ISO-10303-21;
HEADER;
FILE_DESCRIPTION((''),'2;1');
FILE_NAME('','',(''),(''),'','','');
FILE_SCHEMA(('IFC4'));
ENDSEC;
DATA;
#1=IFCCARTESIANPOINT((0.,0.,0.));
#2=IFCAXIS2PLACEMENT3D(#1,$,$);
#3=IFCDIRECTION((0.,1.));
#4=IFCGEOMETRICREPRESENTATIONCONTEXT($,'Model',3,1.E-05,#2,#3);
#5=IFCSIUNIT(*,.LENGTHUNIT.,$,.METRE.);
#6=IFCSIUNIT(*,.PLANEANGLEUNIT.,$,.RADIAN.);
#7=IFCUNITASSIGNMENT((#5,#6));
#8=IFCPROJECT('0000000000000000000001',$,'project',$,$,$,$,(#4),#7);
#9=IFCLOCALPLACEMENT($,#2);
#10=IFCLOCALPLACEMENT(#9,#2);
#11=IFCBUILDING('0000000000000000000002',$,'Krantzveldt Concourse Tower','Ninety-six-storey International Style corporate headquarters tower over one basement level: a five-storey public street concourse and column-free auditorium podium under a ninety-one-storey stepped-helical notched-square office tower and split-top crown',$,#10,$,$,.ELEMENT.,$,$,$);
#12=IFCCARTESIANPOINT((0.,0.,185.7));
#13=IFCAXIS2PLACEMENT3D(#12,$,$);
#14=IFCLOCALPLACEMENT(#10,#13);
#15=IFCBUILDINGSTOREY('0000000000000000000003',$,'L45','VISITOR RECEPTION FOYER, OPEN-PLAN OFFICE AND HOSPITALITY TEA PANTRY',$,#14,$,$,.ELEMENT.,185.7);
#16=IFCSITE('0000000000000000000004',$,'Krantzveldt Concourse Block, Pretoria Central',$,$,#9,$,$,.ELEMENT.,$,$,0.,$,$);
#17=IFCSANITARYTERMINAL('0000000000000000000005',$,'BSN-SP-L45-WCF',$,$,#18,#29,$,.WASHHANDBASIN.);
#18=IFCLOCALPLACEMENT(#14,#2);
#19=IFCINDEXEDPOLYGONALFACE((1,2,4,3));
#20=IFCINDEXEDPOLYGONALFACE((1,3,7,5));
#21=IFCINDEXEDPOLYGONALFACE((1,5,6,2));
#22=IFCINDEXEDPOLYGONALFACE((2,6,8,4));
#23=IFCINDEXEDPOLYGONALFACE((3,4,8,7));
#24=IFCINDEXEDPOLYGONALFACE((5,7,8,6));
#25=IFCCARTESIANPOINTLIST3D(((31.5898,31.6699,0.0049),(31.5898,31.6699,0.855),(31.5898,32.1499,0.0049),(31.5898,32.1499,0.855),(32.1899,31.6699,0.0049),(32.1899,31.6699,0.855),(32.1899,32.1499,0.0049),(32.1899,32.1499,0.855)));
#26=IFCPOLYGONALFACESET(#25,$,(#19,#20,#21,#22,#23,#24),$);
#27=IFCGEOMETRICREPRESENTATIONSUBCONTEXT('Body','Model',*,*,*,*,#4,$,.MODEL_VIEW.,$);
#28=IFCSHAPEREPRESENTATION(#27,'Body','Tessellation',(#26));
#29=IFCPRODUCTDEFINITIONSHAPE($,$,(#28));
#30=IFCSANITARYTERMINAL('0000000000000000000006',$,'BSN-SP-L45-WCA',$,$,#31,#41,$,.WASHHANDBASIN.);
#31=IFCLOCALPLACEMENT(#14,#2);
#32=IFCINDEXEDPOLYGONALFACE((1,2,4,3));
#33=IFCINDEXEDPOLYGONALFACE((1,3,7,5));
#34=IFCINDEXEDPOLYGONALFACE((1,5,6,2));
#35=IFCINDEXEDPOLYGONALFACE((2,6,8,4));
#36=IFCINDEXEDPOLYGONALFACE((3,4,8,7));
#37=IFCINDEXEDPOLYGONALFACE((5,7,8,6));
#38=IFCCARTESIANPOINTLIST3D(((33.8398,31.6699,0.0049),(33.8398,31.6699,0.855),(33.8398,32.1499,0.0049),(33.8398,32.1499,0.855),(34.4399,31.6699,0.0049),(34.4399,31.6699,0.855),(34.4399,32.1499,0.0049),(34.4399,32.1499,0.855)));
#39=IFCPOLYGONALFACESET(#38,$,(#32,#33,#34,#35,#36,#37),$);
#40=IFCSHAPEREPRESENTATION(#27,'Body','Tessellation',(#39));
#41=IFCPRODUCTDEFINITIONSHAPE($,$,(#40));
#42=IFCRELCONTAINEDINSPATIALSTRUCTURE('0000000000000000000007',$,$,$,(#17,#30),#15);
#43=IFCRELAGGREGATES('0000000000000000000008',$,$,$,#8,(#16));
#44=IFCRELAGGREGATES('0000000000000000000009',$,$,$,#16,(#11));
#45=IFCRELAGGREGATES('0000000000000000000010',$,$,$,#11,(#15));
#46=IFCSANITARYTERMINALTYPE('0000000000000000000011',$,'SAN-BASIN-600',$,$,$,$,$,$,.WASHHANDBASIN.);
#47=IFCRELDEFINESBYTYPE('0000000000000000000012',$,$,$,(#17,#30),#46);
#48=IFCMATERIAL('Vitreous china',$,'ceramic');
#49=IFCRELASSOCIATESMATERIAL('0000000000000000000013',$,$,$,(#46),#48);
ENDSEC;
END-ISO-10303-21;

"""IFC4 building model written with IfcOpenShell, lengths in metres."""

from ifc_helpers import new_model, si_unit, direction, frame, origin, origin_2d, place, context, subcontext, project, spatial, rectangle, extrude, source, transform, mapped, material, type_object, type_shapes, element, save


model = new_model("IFC4")

# Units and contexts
model_context = context("Model", 3, precision=1e-05, world=origin(), true_north=direction((0.0, 1.0)))
body_context = subcontext(model_context, "Body", "Model", "MODEL_VIEW")
ifc_project = project(units=[si_unit("LENGTHUNIT", "METRE"), si_unit("PLANEANGLEUNIT", "RADIAN")], contexts=[model_context])

# Site, building, storey
site_placement = place(None, origin())
site = spatial("IfcSite", under=ifc_project, at=site_placement, Name="Krantzveldt Concourse Block, Pretoria Central", CompositionType="ELEMENT", RefElevation=0.0)
building_placement = place(site_placement, origin())
building = spatial("IfcBuilding", under=site, at=building_placement, Name="Krantzveldt Concourse Tower", Description="Ninety-six-storey International Style corporate headquarters tower over one basement level: a five-storey public street concourse and column-free auditorium podium under a ninety-one-storey stepped-helical notched-square office tower and split-top crown", CompositionType="ELEMENT")
storey_placement = place(building_placement, frame((0.0, 0.0, 185.7)))
storey = spatial("IfcBuildingStorey", under=building, at=storey_placement, Name="L45", Description="VISITOR RECEPTION FOYER, OPEN-PLAN OFFICE AND HOSPITALITY TEA PANTRY", CompositionType="ELEMENT", Elevation=185.7)

# Sanitary terminals
ifc_material_1 = material(Name="Vitreous china", Category="ceramic")
sanitary_terminal_type_1 = type_object("IfcSanitaryTerminalType", Name="SAN-BASIN-600", PredefinedType="WASHHANDBASIN", material=ifc_material_1)
shared_shape_1 = source(origin(), body_context, "Body", "SweptSolid", [
    extrude(rectangle(XDim=0.6001, YDim=0.48, at=origin_2d()), origin(), (0.0, 0.0, 1.0), 0.8501),
])
type_shapes(sanitary_terminal_type_1, [shared_shape_1])
for number, where, z_axis, x_axis, name in (
    (1, (31.8899, 31.9099, 0.0049), (0.0, 0.0, 1.0), (1.0, 0.0, 0.0), "BSN-SP-L45-WCF"),
    (2, (34.1399, 31.9099, 0.0049), (0.0, 0.0, 1.0), (1.0, 0.0, 0.0), "BSN-SP-L45-WCA"),
):
    element("IfcSanitaryTerminal", number, at=place(storey_placement, frame(where, z_axis=z_axis, x_axis=x_axis)), inside=storey, type_object=sanitary_terminal_type_1, Name=name, PredefinedType="WASHHANDBASIN", context=body_context, shape_type="MappedRepresentation", body=[
        mapped(shared_shape_1, transform((0.0, 0.0, 0.0), x_axis=(1.0, 0.0, 0.0), y_axis=(0.0, 1.0, 0.0), z_axis=(0.0, 0.0, 1.0), scale=1.0)),
    ])

save(model, "model.ifc")
